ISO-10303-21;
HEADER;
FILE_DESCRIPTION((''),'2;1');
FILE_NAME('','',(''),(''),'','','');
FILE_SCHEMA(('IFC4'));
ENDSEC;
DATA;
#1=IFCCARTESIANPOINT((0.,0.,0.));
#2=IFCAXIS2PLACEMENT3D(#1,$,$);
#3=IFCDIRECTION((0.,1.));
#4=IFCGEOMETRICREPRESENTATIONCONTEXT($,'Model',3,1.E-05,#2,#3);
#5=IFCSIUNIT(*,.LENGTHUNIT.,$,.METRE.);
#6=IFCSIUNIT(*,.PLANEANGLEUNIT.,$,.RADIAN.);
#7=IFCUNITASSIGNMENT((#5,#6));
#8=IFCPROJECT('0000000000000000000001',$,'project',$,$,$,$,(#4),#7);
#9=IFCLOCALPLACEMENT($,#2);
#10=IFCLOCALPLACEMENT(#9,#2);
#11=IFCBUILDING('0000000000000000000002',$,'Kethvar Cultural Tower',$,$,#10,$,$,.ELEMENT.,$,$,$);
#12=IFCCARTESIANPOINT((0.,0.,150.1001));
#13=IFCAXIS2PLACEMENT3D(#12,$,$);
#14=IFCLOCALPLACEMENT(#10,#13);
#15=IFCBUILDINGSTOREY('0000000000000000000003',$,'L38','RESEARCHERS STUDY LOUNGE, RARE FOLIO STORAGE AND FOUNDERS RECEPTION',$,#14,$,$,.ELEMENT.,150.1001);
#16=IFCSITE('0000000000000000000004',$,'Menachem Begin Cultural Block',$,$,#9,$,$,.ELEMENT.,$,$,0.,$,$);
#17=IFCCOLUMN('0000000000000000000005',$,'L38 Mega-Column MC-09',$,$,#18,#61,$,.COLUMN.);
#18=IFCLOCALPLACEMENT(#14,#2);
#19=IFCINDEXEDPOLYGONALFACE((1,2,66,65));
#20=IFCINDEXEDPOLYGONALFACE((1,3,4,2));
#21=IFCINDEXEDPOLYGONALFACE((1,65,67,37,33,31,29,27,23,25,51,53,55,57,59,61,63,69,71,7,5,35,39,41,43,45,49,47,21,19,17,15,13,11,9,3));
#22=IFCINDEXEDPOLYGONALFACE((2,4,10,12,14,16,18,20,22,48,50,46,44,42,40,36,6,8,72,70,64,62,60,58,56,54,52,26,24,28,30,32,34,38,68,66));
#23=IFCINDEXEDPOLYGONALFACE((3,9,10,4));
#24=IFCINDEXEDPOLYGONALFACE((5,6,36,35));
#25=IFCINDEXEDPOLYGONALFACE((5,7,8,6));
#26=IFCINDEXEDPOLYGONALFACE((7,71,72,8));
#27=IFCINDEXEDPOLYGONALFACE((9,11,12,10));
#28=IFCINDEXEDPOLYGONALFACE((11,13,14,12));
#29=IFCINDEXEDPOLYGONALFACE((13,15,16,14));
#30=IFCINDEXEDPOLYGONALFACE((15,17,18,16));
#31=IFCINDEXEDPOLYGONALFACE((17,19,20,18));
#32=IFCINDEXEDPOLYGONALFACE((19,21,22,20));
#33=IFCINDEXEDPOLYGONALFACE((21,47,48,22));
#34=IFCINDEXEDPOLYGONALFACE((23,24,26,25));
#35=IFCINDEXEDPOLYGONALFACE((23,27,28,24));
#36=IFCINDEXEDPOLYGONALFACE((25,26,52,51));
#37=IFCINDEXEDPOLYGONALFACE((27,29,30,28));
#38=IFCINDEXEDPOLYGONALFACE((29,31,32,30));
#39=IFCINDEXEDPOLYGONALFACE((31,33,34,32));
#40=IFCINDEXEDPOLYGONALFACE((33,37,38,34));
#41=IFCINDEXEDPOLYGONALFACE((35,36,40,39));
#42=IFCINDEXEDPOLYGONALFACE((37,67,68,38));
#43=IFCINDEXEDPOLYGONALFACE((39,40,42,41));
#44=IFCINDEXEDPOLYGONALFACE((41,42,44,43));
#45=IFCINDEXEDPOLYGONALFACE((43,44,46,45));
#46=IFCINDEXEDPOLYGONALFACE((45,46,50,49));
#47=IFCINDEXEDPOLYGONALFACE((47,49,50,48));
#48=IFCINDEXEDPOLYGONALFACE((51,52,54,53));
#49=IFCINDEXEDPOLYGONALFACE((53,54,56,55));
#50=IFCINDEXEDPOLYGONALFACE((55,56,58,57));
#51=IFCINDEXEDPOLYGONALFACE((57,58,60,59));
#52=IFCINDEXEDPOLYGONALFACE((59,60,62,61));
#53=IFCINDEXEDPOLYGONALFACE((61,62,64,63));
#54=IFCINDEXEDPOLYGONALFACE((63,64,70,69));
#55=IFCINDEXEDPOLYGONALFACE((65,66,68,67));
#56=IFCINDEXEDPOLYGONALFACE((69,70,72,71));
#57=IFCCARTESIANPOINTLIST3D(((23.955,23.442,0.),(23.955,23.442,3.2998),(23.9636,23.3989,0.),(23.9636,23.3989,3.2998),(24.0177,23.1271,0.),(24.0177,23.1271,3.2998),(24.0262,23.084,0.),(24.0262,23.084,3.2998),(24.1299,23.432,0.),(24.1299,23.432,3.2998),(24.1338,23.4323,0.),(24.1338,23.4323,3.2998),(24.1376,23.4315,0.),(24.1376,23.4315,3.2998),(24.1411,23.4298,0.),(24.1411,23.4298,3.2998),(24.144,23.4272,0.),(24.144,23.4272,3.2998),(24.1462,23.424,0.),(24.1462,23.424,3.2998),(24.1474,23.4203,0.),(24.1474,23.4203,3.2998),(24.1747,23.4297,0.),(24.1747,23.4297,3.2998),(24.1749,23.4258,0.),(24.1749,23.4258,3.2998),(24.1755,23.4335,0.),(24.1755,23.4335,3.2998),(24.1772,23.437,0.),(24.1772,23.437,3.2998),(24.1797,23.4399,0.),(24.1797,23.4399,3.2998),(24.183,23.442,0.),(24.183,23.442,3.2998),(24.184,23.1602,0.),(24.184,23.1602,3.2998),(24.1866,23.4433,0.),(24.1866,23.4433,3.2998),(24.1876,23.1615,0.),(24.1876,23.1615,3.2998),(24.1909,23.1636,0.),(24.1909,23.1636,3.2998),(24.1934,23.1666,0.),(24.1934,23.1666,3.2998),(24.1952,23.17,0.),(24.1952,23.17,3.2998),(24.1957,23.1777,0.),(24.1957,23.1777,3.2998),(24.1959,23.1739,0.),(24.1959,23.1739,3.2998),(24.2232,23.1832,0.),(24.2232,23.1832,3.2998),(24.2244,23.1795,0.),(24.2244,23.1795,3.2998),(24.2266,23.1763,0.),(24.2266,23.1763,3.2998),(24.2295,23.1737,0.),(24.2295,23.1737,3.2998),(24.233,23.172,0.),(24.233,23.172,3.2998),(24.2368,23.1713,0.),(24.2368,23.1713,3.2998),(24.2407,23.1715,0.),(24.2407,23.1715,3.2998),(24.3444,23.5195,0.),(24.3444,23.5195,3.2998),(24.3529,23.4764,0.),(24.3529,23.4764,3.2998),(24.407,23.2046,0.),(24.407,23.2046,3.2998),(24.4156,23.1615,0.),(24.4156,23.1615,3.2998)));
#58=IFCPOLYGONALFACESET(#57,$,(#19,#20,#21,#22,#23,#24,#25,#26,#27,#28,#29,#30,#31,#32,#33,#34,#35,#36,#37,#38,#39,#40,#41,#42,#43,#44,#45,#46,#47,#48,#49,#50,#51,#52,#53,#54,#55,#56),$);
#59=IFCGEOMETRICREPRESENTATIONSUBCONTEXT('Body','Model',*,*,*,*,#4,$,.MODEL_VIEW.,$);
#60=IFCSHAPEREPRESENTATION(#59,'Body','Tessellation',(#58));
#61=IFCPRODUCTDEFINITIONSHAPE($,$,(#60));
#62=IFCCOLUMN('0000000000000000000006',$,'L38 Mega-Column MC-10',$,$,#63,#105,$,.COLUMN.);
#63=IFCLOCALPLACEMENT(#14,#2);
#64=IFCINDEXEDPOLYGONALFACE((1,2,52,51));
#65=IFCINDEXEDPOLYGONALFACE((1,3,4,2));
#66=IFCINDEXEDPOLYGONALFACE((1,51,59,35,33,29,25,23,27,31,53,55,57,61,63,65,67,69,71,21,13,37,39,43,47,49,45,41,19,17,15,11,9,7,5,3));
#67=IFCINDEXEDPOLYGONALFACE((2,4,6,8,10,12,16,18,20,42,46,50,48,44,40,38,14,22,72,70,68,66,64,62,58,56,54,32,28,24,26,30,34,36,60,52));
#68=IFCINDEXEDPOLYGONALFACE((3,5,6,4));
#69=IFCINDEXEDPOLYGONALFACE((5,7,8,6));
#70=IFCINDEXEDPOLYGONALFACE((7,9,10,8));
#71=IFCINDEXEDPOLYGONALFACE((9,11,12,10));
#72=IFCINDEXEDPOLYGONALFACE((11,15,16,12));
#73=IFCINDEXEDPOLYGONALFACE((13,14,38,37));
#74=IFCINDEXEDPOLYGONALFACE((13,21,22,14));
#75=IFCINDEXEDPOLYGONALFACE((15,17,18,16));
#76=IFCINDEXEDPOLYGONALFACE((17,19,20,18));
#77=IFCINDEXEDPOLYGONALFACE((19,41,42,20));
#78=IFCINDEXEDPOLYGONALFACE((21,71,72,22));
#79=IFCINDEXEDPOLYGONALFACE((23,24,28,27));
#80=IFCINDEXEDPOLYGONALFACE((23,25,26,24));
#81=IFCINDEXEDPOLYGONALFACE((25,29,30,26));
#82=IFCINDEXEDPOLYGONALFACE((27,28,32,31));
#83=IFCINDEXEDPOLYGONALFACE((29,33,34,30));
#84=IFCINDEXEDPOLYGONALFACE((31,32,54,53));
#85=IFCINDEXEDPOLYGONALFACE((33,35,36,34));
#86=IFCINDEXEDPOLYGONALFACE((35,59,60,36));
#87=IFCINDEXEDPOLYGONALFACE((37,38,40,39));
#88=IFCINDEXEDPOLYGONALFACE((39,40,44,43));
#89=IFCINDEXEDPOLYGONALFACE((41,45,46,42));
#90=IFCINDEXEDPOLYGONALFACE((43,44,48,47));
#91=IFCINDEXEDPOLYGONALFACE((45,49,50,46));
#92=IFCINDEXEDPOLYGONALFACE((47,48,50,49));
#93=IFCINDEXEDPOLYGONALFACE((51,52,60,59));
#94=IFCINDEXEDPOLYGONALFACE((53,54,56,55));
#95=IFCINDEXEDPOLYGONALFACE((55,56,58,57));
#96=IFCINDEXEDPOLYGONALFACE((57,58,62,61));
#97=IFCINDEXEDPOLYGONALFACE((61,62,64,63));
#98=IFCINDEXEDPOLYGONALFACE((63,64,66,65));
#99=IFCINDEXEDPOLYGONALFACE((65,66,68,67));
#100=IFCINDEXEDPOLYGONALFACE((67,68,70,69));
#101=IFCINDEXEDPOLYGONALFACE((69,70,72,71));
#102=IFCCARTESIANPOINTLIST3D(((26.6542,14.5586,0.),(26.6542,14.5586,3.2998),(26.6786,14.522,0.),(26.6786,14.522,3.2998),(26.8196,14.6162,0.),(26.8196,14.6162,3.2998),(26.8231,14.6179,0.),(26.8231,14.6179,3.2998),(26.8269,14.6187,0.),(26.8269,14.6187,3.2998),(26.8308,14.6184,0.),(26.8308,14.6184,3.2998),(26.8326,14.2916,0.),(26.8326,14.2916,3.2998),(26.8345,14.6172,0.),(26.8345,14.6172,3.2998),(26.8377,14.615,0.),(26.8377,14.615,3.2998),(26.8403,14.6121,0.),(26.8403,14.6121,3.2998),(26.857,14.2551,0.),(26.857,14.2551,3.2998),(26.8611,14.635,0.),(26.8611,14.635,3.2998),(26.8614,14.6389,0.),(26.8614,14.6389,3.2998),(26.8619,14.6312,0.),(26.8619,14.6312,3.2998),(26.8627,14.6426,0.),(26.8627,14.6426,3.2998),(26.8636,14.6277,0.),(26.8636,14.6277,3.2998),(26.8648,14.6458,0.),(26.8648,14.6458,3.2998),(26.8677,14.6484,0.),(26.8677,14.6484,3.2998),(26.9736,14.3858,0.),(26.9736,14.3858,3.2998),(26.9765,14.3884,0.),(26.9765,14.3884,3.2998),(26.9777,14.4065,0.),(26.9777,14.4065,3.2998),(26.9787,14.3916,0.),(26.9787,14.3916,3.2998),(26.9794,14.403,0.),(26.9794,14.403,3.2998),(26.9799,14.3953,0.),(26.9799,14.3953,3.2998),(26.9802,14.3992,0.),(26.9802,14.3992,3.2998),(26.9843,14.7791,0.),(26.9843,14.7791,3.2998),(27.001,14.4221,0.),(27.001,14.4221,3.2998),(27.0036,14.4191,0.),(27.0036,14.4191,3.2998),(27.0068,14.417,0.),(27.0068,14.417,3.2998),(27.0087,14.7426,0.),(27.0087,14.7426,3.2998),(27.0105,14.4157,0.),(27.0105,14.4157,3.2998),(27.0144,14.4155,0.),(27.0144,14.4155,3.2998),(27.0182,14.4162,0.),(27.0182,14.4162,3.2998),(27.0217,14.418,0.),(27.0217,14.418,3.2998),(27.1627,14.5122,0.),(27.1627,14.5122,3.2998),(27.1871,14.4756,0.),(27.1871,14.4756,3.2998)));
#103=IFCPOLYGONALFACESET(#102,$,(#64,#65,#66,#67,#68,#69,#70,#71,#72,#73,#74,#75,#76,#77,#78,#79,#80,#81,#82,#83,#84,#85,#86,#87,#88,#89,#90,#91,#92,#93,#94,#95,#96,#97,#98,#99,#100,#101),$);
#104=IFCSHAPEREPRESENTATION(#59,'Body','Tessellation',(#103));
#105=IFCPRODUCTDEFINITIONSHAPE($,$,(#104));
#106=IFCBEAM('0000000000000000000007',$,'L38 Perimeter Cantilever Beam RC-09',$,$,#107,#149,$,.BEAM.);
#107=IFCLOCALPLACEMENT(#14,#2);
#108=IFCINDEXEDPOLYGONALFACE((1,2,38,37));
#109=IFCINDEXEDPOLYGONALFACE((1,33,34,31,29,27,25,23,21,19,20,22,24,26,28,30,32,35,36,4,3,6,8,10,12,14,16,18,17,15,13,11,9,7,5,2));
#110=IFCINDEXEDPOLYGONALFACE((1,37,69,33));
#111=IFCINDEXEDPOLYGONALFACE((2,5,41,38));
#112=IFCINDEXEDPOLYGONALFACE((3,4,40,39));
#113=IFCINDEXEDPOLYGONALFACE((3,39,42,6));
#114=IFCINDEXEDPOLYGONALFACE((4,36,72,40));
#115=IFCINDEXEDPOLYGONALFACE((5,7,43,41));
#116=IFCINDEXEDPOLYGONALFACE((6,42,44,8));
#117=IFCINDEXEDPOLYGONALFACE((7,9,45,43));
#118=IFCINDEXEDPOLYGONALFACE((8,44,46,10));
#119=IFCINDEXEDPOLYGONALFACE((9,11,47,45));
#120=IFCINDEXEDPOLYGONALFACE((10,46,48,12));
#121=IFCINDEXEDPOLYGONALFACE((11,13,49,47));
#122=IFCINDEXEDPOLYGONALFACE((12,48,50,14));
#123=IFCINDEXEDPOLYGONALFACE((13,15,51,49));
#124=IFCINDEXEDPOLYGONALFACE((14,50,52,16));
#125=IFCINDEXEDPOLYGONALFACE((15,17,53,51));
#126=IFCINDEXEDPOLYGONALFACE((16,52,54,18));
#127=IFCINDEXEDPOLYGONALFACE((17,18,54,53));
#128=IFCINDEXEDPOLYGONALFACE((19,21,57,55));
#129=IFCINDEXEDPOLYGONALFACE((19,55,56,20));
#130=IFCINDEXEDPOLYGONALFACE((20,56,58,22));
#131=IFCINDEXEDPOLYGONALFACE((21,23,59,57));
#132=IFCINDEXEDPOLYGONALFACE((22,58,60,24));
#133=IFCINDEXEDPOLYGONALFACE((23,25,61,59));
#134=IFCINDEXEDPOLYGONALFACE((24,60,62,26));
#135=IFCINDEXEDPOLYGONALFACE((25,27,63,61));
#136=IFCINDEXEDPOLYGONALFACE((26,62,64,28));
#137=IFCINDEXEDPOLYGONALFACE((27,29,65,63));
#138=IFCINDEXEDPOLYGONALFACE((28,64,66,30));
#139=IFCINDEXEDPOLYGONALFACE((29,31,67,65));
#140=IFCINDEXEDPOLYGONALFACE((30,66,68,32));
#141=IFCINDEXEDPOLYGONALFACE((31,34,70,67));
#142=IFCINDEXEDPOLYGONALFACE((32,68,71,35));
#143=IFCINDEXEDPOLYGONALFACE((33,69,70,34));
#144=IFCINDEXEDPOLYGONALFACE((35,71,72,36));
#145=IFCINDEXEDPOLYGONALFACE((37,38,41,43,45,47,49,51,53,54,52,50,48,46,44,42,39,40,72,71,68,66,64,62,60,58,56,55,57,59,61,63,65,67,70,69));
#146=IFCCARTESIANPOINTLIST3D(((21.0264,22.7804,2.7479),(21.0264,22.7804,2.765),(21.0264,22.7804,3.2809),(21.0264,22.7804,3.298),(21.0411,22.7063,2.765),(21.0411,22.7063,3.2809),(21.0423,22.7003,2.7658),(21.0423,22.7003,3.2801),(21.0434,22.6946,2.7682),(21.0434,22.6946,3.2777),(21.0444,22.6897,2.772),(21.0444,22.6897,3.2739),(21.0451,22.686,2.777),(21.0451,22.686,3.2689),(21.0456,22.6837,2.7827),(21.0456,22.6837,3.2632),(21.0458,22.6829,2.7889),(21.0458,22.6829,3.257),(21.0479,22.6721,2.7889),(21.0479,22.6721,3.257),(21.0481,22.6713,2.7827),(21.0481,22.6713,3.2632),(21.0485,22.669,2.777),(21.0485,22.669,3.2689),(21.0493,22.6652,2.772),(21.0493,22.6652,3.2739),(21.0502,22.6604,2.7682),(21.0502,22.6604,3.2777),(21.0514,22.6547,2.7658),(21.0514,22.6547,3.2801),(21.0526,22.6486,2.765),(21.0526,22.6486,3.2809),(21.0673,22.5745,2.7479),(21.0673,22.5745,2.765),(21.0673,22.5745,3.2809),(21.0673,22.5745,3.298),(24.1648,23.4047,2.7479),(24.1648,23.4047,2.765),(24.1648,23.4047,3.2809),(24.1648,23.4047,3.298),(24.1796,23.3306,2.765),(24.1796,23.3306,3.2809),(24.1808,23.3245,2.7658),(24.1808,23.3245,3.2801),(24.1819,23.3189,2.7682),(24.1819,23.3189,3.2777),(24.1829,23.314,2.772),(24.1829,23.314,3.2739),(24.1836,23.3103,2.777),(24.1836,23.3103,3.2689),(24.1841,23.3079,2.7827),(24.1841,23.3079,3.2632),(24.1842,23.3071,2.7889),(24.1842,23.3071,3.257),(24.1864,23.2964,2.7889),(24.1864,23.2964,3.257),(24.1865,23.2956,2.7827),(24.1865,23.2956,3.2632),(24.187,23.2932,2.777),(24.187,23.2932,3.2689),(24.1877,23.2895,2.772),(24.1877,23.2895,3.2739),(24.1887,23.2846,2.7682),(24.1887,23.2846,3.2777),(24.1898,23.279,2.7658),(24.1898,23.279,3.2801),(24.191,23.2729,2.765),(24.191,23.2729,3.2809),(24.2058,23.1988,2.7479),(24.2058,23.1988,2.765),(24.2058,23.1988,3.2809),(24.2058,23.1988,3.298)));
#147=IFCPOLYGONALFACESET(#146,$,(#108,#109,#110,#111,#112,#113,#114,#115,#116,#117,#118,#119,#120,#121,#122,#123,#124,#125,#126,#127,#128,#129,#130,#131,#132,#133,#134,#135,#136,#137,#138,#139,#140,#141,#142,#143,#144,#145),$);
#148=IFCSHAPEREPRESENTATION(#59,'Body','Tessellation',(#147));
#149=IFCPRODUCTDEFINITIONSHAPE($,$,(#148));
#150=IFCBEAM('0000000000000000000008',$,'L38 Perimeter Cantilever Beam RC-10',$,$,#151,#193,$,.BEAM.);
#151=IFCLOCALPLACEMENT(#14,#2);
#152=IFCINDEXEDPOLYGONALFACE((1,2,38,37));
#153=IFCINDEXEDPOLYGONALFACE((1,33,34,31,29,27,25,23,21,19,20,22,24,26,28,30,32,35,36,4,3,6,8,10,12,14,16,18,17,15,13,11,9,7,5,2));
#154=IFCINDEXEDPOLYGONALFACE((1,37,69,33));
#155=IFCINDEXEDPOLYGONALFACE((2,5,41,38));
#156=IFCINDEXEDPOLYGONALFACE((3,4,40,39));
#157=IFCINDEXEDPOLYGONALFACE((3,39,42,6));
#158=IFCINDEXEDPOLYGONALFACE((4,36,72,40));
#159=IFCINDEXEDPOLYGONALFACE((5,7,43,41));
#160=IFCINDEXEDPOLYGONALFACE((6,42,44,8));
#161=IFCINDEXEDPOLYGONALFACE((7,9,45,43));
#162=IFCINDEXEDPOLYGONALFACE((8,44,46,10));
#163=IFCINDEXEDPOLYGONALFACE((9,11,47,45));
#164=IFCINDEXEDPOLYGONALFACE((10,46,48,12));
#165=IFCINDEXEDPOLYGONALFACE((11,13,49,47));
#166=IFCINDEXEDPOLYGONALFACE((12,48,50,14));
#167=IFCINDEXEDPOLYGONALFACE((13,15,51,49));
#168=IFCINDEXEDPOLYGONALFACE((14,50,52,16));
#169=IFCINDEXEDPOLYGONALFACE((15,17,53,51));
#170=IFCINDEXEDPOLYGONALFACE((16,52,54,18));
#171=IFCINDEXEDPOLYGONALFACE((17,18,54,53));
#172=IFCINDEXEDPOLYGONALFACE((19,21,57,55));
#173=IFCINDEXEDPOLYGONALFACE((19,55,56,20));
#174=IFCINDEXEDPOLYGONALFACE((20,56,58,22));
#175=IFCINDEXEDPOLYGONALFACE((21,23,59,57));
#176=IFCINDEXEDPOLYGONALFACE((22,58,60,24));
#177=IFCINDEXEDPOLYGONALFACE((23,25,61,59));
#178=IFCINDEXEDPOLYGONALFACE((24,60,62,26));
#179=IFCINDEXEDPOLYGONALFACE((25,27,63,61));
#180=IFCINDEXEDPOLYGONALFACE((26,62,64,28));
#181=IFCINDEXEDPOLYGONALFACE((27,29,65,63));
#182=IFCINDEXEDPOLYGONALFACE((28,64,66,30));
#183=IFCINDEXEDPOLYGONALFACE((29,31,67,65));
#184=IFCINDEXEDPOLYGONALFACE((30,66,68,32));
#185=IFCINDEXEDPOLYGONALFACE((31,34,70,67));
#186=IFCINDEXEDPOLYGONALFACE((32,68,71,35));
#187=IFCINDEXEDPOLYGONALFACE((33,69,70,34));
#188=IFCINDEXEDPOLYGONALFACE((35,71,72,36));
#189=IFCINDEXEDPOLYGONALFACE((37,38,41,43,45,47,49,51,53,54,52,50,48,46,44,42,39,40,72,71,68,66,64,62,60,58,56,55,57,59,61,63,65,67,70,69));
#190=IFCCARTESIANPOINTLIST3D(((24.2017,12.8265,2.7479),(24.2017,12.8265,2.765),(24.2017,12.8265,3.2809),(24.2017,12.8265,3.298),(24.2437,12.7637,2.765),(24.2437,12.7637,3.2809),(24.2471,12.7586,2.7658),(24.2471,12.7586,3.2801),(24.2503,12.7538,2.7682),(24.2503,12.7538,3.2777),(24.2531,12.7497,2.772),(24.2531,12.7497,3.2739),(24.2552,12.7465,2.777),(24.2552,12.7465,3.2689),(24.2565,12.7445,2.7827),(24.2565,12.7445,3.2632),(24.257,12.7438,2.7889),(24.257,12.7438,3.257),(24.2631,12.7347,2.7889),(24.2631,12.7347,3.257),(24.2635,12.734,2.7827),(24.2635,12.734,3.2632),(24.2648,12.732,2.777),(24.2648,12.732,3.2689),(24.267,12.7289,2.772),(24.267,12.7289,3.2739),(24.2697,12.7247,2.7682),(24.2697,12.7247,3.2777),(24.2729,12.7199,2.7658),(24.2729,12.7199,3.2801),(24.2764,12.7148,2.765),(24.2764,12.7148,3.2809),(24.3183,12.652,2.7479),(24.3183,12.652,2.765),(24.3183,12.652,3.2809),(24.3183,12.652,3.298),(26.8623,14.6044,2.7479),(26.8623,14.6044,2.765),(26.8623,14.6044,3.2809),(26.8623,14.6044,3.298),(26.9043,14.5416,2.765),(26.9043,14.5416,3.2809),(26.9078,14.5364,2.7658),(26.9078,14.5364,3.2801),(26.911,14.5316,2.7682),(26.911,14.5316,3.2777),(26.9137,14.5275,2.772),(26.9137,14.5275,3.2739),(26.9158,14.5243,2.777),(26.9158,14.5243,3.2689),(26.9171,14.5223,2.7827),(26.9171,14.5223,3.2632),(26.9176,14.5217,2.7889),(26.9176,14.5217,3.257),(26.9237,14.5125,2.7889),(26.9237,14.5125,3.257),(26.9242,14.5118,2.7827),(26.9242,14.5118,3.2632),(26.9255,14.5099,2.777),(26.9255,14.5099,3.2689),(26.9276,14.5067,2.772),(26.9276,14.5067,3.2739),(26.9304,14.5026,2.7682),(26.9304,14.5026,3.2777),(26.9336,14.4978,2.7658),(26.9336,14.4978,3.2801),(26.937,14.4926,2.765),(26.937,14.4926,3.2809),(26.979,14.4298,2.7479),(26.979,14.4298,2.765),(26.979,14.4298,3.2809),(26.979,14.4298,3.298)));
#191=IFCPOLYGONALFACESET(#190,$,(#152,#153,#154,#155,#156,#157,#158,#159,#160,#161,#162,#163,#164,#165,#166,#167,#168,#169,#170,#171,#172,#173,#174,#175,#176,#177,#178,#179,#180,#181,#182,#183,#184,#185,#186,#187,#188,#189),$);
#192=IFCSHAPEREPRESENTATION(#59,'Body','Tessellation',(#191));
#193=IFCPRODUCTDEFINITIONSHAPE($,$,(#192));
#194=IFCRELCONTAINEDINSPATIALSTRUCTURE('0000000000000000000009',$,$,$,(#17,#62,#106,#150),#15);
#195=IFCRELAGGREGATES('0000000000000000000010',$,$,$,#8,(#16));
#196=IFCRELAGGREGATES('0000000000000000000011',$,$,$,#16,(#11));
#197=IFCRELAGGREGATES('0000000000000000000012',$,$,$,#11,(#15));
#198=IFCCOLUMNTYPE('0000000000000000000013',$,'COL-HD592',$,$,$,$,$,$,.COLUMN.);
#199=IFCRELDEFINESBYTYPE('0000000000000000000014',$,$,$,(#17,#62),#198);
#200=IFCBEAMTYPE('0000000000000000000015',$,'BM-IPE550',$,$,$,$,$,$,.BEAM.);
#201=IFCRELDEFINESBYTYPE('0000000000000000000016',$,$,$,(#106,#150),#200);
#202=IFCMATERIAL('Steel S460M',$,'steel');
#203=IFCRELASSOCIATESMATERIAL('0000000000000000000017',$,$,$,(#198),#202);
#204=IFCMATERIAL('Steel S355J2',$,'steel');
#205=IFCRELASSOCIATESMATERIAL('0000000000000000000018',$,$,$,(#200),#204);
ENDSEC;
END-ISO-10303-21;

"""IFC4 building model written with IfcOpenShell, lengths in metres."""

from ifc_helpers import new_model, si_unit, direction, frame, origin, origin_2d, place, context, subcontext, project, spatial, i_section, extrude, source, transform, mapped, material, material_profile, profile_set, type_object, element, save


model = new_model("IFC4")

# Units and contexts
model_context = context("Model", 3, precision=1e-05, world=origin(), true_north=direction((0.0, 1.0)))
body_context = subcontext(model_context, "Body", "Model", "MODEL_VIEW")
ifc_project = project(units=[si_unit("LENGTHUNIT", "METRE"), si_unit("PLANEANGLEUNIT", "RADIAN")], contexts=[model_context])

# Site, building, storey
site_placement = place(None, origin())
site = spatial("IfcSite", under=ifc_project, at=site_placement, Name="Menachem Begin Cultural Block", CompositionType="ELEMENT", RefElevation=0.0)
building_placement = place(site_placement, origin())
building = spatial("IfcBuilding", under=site, at=building_placement, Name="Kethvar Cultural Tower", CompositionType="ELEMENT")
storey_placement = place(building_placement, frame((0.0, 0.0, 150.1001)))
storey = spatial("IfcBuildingStorey", under=building, at=storey_placement, Name="L38", Description="RESEARCHERS STUDY LOUNGE, RARE FOLIO STORAGE AND FOUNDERS RECEPTION", CompositionType="ELEMENT", Elevation=150.1001)

# Columns
ifc_material_1 = material(Name="Steel S460M", Category="steel")
ifc_material_profile_1 = material_profile(ifc_material_1, i_section(OverallWidth=0.397, OverallDepth=0.365, WebThickness=0.0281, FlangeThickness=0.0439, FilletRadius=0.0149, at=origin_2d()), Name="Steel S460M — HD400x592")
ifc_profile_set_1 = profile_set([ifc_material_profile_1], Name="Steel S460M — HD400x592")
column_type = type_object("IfcColumnType", Name="COL-HD592", PredefinedType="COLUMN", material=ifc_profile_set_1)
shared_shape_1 = source(origin(), body_context, "Body", "SweptSolid", [
    extrude(i_section(OverallWidth=0.397, OverallDepth=0.365, WebThickness=0.0281, FlangeThickness=0.0439, FilletRadius=0.0149, at=origin_2d()), origin(), (0.0, 0.0, 1.0), 3.2998),
])
for number, where, z_axis, x_axis, name in (
    (1, (24.1853, 23.3018, 0.0), (0.0, 0.0, 1.0), (-0.980785, -0.19509, 0.0), "L38 Mega-Column MC-09"),
    (2, (26.9207, 14.5171, 0.0), (0.0, 0.0, 1.0), (-0.83147, -0.55557, 0.0), "L38 Mega-Column MC-10"),
):
    element("IfcColumn", number, at=place(storey_placement, frame(where, z_axis=z_axis, x_axis=x_axis)), inside=storey, type_object=column_type, Name=name, PredefinedType="COLUMN", context=body_context, shape_type="MappedRepresentation", body=[
        mapped(shared_shape_1, transform((0.0, 0.0, 0.0), scale=1.0)),
    ])

# Beams
ifc_material_2 = material(Name="Steel S355J2", Category="steel")
ifc_material_profile_2 = material_profile(ifc_material_2, i_section(OverallWidth=0.21, OverallDepth=0.55, WebThickness=0.011, FlangeThickness=0.0171, FilletRadius=0.0239, at=origin_2d()), Name="Steel S355J2 — IPE550")
ifc_profile_set_2 = profile_set([ifc_material_profile_2], Name="Steel S355J2 — IPE550")
beam_type_1 = type_object("IfcBeamType", Name="BM-IPE550", PredefinedType="BEAM", material=ifc_profile_set_2)
shared_shape_2 = source(origin(), body_context, "Body", "SweptSolid", [
    extrude(i_section(OverallWidth=0.21, OverallDepth=0.55, WebThickness=0.011, FlangeThickness=0.0171, FilletRadius=0.0239, at=origin_2d()), origin(), (0.0, 0.0, 1.0), 3.2),
])
for number, where, z_axis, x_axis, name in (
    (3, (24.1853, 23.3018, 3.0229), (-0.980786, -0.195089, 0.0), (0.195089, -0.980786, 0.0), "L38 Perimeter Cantilever Beam RC-09"),
    (4, (26.9207, 14.5171, 3.0229), (-0.831463, -0.55558, 0.0), (0.55558, -0.831463, 0.0), "L38 Perimeter Cantilever Beam RC-10"),
):
    element("IfcBeam", number, at=place(storey_placement, frame(where, z_axis=z_axis, x_axis=x_axis)), inside=storey, type_object=beam_type_1, Name=name, PredefinedType="BEAM", context=body_context, shape_type="MappedRepresentation", body=[
        mapped(shared_shape_2, transform((0.0, 0.0, 0.0), scale=1.0)),
    ])

save(model, "model.ifc")
